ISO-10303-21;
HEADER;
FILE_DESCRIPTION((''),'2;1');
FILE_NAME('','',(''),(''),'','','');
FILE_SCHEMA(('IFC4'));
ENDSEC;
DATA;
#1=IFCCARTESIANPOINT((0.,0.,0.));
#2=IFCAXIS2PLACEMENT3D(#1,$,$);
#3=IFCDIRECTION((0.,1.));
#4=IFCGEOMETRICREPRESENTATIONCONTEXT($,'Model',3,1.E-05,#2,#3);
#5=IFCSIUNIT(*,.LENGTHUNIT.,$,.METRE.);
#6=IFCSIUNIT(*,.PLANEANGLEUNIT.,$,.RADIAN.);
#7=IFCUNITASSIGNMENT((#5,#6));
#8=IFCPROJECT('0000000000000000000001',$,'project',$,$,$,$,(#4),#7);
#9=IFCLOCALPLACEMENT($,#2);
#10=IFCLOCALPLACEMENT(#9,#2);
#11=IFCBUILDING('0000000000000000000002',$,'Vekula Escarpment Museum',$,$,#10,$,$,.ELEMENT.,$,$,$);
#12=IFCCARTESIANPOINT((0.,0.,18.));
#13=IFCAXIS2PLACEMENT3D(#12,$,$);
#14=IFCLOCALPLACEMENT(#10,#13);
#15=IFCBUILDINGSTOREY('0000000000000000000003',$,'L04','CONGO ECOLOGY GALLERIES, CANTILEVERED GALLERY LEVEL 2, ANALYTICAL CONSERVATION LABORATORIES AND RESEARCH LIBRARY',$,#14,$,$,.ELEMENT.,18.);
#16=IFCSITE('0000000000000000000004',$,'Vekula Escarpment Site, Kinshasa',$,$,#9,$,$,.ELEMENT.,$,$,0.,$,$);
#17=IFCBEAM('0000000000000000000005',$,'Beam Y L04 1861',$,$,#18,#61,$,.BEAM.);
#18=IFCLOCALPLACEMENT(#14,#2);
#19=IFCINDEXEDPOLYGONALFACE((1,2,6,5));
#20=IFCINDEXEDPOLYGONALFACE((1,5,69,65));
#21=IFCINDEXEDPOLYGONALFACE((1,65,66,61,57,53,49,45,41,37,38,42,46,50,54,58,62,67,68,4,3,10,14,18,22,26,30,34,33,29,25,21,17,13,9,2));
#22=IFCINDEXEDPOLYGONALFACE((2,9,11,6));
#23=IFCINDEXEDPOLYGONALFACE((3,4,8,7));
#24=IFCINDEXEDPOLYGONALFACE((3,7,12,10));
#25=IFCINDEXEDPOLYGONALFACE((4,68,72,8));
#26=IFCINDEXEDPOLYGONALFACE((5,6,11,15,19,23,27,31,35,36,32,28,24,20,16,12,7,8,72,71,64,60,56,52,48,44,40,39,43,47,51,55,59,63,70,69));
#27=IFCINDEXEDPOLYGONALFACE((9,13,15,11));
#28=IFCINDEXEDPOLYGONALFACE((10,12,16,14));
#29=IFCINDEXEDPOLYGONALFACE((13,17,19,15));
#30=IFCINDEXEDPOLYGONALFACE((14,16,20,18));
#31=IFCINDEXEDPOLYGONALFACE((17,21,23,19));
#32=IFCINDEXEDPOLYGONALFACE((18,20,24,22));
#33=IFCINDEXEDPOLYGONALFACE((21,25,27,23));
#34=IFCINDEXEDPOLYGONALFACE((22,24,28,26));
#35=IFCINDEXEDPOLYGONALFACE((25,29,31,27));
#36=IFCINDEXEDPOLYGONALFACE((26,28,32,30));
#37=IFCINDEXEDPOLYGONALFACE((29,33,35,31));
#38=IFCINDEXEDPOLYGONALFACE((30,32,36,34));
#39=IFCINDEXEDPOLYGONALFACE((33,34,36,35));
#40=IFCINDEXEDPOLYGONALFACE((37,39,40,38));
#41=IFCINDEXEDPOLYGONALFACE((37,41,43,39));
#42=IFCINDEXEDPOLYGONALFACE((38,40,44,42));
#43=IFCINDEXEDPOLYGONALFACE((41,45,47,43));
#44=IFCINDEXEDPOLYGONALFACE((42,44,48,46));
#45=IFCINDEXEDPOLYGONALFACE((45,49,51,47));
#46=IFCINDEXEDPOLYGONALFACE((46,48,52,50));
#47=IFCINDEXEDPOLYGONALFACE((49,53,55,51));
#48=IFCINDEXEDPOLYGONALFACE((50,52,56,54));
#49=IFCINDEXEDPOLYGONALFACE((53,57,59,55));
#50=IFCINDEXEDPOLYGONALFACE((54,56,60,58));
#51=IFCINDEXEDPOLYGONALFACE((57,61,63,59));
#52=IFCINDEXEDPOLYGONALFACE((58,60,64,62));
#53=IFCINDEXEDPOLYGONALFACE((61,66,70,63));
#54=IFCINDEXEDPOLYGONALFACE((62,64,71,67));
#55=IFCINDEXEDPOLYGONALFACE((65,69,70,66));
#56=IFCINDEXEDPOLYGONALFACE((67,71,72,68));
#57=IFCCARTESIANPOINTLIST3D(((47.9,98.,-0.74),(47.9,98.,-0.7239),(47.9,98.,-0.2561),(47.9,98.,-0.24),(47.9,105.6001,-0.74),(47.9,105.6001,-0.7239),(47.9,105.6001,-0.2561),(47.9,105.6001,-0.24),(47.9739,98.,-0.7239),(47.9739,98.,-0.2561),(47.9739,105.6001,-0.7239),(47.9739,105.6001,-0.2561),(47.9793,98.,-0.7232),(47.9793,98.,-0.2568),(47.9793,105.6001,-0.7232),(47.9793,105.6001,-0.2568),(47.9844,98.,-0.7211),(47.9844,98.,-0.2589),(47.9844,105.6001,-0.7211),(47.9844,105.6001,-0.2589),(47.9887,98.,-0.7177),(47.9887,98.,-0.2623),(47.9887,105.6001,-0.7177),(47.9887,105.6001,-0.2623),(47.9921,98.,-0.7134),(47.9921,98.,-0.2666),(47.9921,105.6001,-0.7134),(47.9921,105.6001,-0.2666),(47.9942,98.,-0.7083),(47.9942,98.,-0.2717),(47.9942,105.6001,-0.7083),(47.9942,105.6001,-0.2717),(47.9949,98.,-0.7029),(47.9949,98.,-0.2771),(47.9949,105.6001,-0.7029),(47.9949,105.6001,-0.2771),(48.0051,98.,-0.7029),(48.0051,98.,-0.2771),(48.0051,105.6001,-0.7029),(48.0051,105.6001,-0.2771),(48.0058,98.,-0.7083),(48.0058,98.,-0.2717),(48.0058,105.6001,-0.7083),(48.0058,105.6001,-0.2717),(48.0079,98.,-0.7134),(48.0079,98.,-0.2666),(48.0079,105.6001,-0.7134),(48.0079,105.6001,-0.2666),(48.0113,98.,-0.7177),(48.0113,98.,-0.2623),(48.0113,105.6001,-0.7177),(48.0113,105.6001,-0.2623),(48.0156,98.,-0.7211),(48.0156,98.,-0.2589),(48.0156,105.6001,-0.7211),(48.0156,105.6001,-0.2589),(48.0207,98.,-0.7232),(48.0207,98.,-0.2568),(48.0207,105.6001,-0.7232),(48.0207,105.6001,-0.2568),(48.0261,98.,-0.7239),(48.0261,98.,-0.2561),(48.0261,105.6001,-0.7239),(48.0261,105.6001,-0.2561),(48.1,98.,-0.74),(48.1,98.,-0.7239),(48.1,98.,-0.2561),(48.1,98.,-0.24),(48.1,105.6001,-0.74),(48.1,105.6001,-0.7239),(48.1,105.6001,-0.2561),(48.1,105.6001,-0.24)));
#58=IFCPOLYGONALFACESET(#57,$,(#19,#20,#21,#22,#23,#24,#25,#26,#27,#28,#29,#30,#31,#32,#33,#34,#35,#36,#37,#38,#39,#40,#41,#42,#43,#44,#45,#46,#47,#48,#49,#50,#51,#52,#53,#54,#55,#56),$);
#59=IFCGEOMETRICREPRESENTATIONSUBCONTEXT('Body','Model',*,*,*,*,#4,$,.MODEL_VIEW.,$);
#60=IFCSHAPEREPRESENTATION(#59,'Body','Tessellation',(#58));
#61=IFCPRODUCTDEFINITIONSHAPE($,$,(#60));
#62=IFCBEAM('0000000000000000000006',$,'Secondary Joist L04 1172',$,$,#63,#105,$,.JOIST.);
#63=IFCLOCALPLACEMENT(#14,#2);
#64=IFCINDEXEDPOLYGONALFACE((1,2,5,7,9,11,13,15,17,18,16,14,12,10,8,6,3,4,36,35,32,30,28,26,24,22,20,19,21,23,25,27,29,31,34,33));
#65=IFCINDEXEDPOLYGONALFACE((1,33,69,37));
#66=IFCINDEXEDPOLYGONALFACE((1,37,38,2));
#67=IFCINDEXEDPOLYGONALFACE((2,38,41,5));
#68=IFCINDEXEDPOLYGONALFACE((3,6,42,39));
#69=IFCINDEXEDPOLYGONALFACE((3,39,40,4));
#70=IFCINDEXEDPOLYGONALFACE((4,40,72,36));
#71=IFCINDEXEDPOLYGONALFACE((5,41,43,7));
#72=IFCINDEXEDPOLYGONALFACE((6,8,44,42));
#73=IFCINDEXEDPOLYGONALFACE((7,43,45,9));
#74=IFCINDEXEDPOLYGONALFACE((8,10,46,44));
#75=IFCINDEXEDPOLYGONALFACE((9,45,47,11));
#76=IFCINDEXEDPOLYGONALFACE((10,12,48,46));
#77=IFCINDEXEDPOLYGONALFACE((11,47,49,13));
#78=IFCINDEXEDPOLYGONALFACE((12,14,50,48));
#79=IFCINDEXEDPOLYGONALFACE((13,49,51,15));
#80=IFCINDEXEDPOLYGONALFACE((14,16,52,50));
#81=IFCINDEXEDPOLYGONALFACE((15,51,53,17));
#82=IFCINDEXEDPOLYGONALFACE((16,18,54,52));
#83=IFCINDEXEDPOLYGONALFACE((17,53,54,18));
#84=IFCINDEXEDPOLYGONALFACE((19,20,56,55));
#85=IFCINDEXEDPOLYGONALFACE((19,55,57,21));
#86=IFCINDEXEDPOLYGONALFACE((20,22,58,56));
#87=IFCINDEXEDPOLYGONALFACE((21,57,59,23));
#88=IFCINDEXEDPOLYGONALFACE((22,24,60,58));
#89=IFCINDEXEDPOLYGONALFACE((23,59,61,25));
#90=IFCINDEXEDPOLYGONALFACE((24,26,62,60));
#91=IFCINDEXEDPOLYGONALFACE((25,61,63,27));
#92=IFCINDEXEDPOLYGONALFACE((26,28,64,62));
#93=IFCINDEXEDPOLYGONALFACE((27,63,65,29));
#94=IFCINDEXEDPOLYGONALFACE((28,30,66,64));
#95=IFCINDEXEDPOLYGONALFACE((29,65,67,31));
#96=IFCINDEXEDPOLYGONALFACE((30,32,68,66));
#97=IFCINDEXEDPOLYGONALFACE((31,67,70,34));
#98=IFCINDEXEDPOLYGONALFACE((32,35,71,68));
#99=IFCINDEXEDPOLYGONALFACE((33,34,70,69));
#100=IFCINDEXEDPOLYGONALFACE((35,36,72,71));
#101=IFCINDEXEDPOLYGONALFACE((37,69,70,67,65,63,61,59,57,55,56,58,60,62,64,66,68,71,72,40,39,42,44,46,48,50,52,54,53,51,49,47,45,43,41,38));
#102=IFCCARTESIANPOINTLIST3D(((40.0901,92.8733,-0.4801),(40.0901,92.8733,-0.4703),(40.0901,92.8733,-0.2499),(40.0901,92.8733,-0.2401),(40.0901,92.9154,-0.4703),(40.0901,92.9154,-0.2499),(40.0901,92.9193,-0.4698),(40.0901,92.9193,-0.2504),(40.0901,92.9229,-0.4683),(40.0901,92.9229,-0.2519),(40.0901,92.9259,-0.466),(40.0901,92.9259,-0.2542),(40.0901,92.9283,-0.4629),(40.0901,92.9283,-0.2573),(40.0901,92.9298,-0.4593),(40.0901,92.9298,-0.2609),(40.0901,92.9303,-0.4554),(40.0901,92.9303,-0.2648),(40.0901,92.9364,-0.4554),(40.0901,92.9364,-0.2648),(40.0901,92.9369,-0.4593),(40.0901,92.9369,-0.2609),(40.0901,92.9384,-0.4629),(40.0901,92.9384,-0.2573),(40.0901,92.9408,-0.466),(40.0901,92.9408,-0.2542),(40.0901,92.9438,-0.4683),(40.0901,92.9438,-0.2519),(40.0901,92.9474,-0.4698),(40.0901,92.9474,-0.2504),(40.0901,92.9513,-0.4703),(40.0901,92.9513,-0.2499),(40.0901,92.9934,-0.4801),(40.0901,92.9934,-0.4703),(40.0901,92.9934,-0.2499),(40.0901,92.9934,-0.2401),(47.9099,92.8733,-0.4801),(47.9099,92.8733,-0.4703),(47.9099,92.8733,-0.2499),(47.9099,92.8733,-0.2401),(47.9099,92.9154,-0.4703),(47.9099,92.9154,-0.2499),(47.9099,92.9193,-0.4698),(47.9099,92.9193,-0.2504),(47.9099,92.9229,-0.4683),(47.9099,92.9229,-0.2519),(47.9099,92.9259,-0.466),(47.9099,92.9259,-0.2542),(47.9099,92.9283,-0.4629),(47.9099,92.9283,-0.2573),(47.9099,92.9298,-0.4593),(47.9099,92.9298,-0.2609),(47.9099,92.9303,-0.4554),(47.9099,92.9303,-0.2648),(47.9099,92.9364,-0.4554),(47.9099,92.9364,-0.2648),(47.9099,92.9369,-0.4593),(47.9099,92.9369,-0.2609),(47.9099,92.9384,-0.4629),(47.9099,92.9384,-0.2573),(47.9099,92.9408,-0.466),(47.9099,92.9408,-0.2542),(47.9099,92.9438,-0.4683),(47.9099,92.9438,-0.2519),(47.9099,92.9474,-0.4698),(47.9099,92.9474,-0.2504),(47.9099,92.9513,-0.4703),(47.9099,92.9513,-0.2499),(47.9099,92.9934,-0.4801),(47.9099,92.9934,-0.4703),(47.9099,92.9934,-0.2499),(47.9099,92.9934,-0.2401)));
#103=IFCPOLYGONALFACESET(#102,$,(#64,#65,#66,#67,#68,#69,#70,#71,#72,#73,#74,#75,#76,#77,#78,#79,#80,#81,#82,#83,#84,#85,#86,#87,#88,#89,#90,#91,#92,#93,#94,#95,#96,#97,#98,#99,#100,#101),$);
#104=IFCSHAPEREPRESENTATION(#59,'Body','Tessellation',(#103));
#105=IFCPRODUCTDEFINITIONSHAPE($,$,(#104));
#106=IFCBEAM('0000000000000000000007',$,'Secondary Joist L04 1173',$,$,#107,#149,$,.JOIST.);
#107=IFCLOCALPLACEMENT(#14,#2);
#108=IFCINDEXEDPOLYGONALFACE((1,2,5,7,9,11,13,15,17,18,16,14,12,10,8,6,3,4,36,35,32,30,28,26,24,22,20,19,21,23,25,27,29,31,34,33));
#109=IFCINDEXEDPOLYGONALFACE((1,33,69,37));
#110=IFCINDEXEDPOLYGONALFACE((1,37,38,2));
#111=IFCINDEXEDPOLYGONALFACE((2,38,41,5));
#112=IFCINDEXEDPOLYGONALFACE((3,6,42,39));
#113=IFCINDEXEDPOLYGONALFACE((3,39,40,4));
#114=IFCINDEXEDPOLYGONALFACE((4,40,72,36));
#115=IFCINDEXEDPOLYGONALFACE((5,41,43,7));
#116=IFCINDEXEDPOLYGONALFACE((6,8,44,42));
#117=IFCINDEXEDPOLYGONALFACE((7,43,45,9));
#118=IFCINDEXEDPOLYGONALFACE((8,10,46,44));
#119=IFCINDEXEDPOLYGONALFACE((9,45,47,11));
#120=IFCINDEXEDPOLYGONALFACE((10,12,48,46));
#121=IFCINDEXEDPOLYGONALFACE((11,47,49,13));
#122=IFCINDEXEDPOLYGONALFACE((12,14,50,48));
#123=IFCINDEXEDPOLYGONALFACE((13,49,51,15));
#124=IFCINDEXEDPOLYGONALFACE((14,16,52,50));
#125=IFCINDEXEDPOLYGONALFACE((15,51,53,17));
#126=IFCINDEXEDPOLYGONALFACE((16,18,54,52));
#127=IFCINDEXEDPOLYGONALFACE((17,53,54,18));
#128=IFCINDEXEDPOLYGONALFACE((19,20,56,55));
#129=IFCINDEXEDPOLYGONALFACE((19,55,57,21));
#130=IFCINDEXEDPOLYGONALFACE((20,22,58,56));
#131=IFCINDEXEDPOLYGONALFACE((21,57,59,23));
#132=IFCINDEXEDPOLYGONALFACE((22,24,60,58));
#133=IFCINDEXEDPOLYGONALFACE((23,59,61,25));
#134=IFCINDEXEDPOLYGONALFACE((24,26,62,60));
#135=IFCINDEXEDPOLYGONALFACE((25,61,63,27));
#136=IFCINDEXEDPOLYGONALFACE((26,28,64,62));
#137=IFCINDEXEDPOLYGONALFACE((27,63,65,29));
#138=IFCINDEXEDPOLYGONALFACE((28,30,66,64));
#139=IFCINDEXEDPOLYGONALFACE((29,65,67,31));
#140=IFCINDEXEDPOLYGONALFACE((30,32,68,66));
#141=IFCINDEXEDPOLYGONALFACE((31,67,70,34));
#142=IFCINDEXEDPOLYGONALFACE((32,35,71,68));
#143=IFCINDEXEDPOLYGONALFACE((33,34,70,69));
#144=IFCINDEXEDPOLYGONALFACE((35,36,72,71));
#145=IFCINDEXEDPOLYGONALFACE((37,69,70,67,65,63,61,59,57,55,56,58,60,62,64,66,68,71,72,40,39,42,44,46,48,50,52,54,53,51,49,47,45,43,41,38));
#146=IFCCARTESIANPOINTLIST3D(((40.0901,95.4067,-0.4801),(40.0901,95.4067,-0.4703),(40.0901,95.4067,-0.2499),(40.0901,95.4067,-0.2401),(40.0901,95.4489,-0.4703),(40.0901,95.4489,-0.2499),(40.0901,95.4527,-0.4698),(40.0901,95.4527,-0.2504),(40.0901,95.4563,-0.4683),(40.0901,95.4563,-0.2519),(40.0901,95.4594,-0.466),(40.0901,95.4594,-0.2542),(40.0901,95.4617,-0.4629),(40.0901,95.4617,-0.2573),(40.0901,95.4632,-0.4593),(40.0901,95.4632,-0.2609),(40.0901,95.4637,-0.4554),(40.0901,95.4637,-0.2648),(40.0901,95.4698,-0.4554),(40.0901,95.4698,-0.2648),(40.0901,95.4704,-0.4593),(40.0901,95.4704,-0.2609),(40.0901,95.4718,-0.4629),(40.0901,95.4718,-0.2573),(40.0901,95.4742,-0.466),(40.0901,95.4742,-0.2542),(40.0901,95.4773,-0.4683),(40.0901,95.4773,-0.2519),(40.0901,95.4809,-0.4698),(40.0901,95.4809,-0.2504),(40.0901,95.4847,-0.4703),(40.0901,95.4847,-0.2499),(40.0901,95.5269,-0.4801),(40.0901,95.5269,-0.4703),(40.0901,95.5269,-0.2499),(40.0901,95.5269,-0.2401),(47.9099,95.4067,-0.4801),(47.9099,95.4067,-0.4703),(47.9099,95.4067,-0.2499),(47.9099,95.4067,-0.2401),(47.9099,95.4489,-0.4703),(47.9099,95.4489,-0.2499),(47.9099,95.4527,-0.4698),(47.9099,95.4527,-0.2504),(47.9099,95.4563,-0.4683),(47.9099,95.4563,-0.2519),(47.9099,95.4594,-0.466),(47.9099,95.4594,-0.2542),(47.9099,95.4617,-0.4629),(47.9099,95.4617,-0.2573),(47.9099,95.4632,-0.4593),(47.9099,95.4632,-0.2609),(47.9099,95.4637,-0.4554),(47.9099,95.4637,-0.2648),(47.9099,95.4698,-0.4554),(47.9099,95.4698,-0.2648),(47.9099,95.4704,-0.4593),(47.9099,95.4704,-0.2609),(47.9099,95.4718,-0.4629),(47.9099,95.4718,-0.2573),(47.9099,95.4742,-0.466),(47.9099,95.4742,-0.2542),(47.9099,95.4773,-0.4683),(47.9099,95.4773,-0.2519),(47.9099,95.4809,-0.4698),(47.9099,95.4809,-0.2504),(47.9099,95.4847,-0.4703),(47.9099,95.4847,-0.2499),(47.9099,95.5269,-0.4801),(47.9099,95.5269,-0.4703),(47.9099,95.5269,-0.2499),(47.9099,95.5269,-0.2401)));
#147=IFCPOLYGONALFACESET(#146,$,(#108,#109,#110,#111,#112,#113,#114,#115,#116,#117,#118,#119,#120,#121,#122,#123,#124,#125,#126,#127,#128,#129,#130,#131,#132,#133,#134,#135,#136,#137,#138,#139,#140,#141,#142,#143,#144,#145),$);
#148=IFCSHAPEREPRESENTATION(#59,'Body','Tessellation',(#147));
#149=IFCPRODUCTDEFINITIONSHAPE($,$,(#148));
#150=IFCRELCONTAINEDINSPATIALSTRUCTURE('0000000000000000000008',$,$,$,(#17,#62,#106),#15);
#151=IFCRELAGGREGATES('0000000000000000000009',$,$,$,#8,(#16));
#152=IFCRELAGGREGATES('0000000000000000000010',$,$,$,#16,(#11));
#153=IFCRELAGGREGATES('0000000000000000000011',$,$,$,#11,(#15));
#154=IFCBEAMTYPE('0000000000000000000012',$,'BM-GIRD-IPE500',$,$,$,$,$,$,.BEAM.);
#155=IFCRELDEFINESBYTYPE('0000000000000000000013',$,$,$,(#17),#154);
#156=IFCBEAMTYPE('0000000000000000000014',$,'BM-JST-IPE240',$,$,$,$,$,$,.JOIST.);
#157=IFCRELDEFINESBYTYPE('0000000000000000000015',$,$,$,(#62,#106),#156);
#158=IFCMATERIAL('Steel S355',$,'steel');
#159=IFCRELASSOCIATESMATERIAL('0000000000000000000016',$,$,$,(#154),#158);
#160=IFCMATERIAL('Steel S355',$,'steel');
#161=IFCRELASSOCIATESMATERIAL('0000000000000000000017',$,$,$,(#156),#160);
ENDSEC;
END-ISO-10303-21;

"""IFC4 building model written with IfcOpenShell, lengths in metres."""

from ifc_helpers import new_model, si_unit, direction, frame, origin, origin_2d, place, context, subcontext, project, spatial, i_section, extrude, material, material_profile, profile_set, type_object, element, save


model = new_model("IFC4")

# Units and contexts
model_context = context("Model", 3, precision=1e-05, world=origin(), true_north=direction((0.0, 1.0)))
body_context = subcontext(model_context, "Body", "Model", "MODEL_VIEW")
ifc_project = project(units=[si_unit("LENGTHUNIT", "METRE"), si_unit("PLANEANGLEUNIT", "RADIAN")], contexts=[model_context])

# Site, building, storey
site_placement = place(None, origin())
site = spatial("IfcSite", under=ifc_project, at=site_placement, Name="Vekula Escarpment Site, Kinshasa", CompositionType="ELEMENT", RefElevation=0.0)
building_placement = place(site_placement, origin())
building = spatial("IfcBuilding", under=site, at=building_placement, Name="Vekula Escarpment Museum", CompositionType="ELEMENT")
storey_placement = place(building_placement, frame((0.0, 0.0, 18.0)))
storey = spatial("IfcBuildingStorey", under=building, at=storey_placement, Name="L04", Description="CONGO ECOLOGY GALLERIES, CANTILEVERED GALLERY LEVEL 2, ANALYTICAL CONSERVATION LABORATORIES AND RESEARCH LIBRARY", CompositionType="ELEMENT", Elevation=18.0)

# Beams
ifc_material_1 = material(Name="Steel S355", Category="steel")
ifc_material_profile_1 = material_profile(ifc_material_1, i_section(OverallWidth=0.2, OverallDepth=0.5, WebThickness=0.0103, FlangeThickness=0.0161, FilletRadius=0.021, at=origin_2d()), Name="IPE 500")
ifc_profile_set_1 = profile_set([ifc_material_profile_1], Name="Steel S355")
beam_type_1 = type_object("IfcBeamType", Name="BM-GIRD-IPE500", PredefinedType="BEAM", material=ifc_profile_set_1)
for number, where, z_axis, x_axis, name in (
    (1, (48.0, 98.0, -0.49), (0.0, 1.0, 0.0), (-1.0, 0.0, 0.0), "Beam Y L04 1861"),
):
    element("IfcBeam", number, at=place(storey_placement, frame(where, z_axis=z_axis, x_axis=x_axis)), inside=storey, type_object=beam_type_1, Name=name, PredefinedType="BEAM", context=body_context, shape_type="SweptSolid", body=[
        extrude(i_section(OverallWidth=0.2, OverallDepth=0.5, WebThickness=0.0103, FlangeThickness=0.0161, FilletRadius=0.021, at=origin_2d()), origin(), (0.0, 0.0, 1.0), 7.6001),
    ])
ifc_material_2 = material(Name="Steel S355", Category="steel")
ifc_material_profile_2 = material_profile(ifc_material_2, i_section(OverallWidth=0.1201, OverallDepth=0.24, WebThickness=0.0061, FlangeThickness=0.0098, FilletRadius=0.0149, at=origin_2d()), Name="IPE 240")
ifc_profile_set_2 = profile_set([ifc_material_profile_2], Name="Steel S355")
beam_type_2 = type_object("IfcBeamType", Name="BM-JST-IPE240", PredefinedType="JOIST", material=ifc_profile_set_2)
for number, where, z_axis, x_axis, name in (
    (2, (40.0901, 92.9333, -0.3601), (1.0, 0.0, 0.0), (0.0, 1.0, 0.0), "Secondary Joist L04 1172"),
    (3, (40.0901, 95.4668, -0.3601), (1.0, 0.0, 0.0), (0.0, 1.0, 0.0), "Secondary Joist L04 1173"),
):
    element("IfcBeam", number, at=place(storey_placement, frame(where, z_axis=z_axis, x_axis=x_axis)), inside=storey, type_object=beam_type_2, Name=name, PredefinedType="JOIST", context=body_context, shape_type="SweptSolid", body=[
        extrude(i_section(OverallWidth=0.1201, OverallDepth=0.24, WebThickness=0.0061, FlangeThickness=0.0098, FilletRadius=0.0149, at=origin_2d()), origin(), (0.0, 0.0, 1.0), 7.8198),
    ])

save(model, "model.ifc")
